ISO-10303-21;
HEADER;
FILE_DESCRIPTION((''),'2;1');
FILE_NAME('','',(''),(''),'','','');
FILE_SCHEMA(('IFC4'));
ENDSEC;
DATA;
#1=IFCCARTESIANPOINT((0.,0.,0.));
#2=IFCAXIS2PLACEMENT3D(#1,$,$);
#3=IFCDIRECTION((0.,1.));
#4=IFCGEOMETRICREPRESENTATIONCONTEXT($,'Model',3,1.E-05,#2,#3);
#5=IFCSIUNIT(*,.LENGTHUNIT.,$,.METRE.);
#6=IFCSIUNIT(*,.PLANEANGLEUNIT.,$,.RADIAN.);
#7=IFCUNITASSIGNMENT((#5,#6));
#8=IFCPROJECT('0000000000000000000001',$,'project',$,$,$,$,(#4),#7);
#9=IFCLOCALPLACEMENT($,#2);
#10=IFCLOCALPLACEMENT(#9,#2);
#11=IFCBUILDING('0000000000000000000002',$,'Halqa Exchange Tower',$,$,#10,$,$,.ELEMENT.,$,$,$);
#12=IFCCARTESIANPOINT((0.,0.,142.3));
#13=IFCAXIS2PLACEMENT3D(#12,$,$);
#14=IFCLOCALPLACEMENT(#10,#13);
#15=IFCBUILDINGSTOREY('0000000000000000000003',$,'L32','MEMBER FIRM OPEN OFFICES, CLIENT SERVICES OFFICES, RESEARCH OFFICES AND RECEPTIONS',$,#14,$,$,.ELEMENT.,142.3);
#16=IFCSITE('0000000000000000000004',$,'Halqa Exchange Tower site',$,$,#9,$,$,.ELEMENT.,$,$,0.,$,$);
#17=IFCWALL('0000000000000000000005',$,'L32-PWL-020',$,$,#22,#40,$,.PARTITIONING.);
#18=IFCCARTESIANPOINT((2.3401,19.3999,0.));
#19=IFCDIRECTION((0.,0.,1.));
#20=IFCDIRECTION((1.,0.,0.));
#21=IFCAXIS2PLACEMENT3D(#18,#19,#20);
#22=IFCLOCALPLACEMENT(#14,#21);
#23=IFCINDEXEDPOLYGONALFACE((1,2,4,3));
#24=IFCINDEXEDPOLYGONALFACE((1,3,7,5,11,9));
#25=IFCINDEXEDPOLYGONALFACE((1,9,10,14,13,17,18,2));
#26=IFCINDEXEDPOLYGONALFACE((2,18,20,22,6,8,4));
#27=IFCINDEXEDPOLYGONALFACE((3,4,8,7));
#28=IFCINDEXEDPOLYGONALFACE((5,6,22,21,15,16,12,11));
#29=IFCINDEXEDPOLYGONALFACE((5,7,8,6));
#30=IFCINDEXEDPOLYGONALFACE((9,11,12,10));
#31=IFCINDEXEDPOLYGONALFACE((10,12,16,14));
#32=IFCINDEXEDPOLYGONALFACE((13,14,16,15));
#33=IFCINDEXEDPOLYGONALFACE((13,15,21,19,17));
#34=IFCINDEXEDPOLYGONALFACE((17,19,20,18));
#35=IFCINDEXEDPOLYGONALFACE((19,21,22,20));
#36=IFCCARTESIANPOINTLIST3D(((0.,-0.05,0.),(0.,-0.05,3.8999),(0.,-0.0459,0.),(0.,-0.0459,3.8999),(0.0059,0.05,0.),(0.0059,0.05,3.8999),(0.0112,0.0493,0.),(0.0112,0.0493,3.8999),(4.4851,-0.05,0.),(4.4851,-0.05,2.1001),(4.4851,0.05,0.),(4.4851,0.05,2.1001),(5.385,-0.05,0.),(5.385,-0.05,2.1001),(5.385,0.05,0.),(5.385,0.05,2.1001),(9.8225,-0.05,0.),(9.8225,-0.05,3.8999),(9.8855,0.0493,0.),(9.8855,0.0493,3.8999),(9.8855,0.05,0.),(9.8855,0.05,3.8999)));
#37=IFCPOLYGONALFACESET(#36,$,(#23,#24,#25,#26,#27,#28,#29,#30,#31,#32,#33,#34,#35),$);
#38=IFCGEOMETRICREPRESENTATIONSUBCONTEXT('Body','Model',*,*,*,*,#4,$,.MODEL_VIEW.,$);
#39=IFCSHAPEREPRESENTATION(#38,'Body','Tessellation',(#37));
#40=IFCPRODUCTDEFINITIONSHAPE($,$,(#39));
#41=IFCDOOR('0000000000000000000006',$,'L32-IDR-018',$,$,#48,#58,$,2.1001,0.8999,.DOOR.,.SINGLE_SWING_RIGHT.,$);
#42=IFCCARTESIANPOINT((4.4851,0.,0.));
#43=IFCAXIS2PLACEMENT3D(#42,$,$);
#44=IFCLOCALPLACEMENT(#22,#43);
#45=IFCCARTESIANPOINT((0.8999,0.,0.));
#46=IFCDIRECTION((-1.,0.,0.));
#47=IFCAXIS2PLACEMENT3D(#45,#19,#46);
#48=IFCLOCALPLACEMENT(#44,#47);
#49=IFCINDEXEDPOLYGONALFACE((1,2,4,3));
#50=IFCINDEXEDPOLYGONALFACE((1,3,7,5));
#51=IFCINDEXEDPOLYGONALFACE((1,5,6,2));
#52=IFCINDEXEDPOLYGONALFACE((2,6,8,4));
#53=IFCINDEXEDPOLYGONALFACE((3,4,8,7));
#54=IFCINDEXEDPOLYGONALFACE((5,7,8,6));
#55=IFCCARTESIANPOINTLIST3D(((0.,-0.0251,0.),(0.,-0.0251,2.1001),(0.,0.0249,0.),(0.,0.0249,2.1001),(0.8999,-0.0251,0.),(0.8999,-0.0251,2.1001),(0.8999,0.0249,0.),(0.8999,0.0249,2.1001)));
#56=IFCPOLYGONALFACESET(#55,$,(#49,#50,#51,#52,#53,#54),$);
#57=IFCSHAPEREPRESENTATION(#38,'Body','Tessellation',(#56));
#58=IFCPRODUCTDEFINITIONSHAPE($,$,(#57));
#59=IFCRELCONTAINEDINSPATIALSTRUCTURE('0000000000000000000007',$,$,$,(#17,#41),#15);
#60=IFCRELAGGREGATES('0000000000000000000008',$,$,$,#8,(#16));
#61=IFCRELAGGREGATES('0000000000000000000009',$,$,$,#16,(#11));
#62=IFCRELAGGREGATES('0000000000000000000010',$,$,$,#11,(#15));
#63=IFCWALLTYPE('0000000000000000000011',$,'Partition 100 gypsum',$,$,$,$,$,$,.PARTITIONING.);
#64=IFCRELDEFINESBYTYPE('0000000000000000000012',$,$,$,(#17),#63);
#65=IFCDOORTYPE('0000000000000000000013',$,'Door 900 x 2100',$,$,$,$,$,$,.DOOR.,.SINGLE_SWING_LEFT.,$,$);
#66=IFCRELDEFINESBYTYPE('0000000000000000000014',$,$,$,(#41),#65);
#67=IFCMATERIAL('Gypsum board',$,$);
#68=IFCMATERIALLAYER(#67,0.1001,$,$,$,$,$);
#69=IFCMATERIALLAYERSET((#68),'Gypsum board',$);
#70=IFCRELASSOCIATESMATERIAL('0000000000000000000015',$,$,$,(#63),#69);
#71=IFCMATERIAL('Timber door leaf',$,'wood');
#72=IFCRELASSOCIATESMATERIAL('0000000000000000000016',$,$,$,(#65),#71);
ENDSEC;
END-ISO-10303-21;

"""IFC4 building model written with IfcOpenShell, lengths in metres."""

from ifc_helpers import new_model, si_unit, direction, frame, frame_2d, origin, place, context, subcontext, project, spatial, polyline, rectangle, outline, extrude, material, layer, layer_set, type_object, element, fill, save


model = new_model("IFC4")

# Units and contexts
model_context = context("Model", 3, precision=1e-05, world=origin(), true_north=direction((0.0, 1.0)))
body_context = subcontext(model_context, "Body", "Model", "MODEL_VIEW")
ifc_project = project(units=[si_unit("LENGTHUNIT", "METRE"), si_unit("PLANEANGLEUNIT", "RADIAN")], contexts=[model_context])

# Site, building, storey
site_placement = place(None, origin())
site = spatial("IfcSite", under=ifc_project, at=site_placement, Name="Halqa Exchange Tower site", CompositionType="ELEMENT", RefElevation=0.0)
building_placement = place(site_placement, origin())
building = spatial("IfcBuilding", under=site, at=building_placement, Name="Halqa Exchange Tower", CompositionType="ELEMENT")
storey_placement = place(building_placement, frame((0.0, 0.0, 142.3)))
storey = spatial("IfcBuildingStorey", under=building, at=storey_placement, Name="L32", Description="MEMBER FIRM OPEN OFFICES, CLIENT SERVICES OFFICES, RESEARCH OFFICES AND RECEPTIONS", CompositionType="ELEMENT", Elevation=142.3)

# Wall, opening, door
ifc_material_1 = material(Name="Gypsum board")
ifc_layer_1 = layer(ifc_material_1, 0.1001)
ifc_layer_set_1 = layer_set([ifc_layer_1], Name="Gypsum board")
wall_type_1 = type_object("IfcWallType", Name="Partition 100 gypsum", PredefinedType="PARTITIONING", material=ifc_layer_set_1)
wall_1_placement = place(storey_placement, frame((2.3401, 19.3999, 0.0), z_axis=(0.0, 0.0, 1.0), x_axis=(1.0, 0.0, 0.0)))
wall_1 = element("IfcWall", 1, at=wall_1_placement, inside=storey, type_object=wall_type_1, Name="L32-PWL-020", PredefinedType="PARTITIONING", context=body_context, shape_type="SweptSolid", body=[
    extrude(outline(polyline([(0.0, -0.05), (1.9646, -0.05), (3.929, -0.05), (5.8936, -0.05), (7.8582, -0.05), (9.8225, -0.05), (9.8855, 0.0493), (9.8855, 0.05), (7.9097, 0.05), (5.9336, 0.05), (3.9578, 0.05), (1.9817, 0.05), (0.0059, 0.05), (0.0112, 0.0493), (0.0, -0.0459), (0.0, -0.05)])), origin(), (0.0, 0.0, 1.0), 3.8999),
])
opening_1_placement = place(wall_1_placement, frame((4.4851, 0.0, 0.0)))
opening_1 = element("IfcOpeningElement", 2, at=opening_1_placement, cuts=wall_1, PredefinedType="OPENING", context=body_context, shape_type="SweptSolid", body=[
    extrude(rectangle(XDim=0.8999, YDim=2.1001, at=frame_2d((0.45, 1.05))), frame((0.0, 0.062, 0.0), z_axis=(0.0, -1.0, 0.0), x_axis=(1.0, 0.0, 0.0)), (0.0, 0.0, 1.0), 0.124),
])
ifc_material_2 = material(Name="Timber door leaf", Category="wood")
door_type_1 = type_object("IfcDoorType", Name="Door 900 x 2100", OperationType="SINGLE_SWING_LEFT", PredefinedType="DOOR", material=ifc_material_2)
door_1_placement = place(opening_1_placement, frame((0.8999, 0.0, 0.0), z_axis=(0.0, 0.0, 1.0), x_axis=(-1.0, 0.0, 0.0)))
door_1 = element("IfcDoor", 3, at=door_1_placement, inside=storey, type_object=door_type_1, Name="L32-IDR-018", OperationType="SINGLE_SWING_RIGHT", OverallHeight=2.1001, OverallWidth=0.8999, PredefinedType="DOOR", context=body_context, shape_type="SweptSolid", body=[
    extrude(rectangle(XDim=0.8999, YDim=2.1001, at=frame_2d((0.45, 1.05))), frame((0.0, 0.0249, 0.0), z_axis=(0.0, -1.0, 0.0), x_axis=(1.0, 0.0, 0.0)), (0.0, 0.0, 1.0), 0.05),
])
fill(opening_1, door_1)

save(model, "model.ifc")
